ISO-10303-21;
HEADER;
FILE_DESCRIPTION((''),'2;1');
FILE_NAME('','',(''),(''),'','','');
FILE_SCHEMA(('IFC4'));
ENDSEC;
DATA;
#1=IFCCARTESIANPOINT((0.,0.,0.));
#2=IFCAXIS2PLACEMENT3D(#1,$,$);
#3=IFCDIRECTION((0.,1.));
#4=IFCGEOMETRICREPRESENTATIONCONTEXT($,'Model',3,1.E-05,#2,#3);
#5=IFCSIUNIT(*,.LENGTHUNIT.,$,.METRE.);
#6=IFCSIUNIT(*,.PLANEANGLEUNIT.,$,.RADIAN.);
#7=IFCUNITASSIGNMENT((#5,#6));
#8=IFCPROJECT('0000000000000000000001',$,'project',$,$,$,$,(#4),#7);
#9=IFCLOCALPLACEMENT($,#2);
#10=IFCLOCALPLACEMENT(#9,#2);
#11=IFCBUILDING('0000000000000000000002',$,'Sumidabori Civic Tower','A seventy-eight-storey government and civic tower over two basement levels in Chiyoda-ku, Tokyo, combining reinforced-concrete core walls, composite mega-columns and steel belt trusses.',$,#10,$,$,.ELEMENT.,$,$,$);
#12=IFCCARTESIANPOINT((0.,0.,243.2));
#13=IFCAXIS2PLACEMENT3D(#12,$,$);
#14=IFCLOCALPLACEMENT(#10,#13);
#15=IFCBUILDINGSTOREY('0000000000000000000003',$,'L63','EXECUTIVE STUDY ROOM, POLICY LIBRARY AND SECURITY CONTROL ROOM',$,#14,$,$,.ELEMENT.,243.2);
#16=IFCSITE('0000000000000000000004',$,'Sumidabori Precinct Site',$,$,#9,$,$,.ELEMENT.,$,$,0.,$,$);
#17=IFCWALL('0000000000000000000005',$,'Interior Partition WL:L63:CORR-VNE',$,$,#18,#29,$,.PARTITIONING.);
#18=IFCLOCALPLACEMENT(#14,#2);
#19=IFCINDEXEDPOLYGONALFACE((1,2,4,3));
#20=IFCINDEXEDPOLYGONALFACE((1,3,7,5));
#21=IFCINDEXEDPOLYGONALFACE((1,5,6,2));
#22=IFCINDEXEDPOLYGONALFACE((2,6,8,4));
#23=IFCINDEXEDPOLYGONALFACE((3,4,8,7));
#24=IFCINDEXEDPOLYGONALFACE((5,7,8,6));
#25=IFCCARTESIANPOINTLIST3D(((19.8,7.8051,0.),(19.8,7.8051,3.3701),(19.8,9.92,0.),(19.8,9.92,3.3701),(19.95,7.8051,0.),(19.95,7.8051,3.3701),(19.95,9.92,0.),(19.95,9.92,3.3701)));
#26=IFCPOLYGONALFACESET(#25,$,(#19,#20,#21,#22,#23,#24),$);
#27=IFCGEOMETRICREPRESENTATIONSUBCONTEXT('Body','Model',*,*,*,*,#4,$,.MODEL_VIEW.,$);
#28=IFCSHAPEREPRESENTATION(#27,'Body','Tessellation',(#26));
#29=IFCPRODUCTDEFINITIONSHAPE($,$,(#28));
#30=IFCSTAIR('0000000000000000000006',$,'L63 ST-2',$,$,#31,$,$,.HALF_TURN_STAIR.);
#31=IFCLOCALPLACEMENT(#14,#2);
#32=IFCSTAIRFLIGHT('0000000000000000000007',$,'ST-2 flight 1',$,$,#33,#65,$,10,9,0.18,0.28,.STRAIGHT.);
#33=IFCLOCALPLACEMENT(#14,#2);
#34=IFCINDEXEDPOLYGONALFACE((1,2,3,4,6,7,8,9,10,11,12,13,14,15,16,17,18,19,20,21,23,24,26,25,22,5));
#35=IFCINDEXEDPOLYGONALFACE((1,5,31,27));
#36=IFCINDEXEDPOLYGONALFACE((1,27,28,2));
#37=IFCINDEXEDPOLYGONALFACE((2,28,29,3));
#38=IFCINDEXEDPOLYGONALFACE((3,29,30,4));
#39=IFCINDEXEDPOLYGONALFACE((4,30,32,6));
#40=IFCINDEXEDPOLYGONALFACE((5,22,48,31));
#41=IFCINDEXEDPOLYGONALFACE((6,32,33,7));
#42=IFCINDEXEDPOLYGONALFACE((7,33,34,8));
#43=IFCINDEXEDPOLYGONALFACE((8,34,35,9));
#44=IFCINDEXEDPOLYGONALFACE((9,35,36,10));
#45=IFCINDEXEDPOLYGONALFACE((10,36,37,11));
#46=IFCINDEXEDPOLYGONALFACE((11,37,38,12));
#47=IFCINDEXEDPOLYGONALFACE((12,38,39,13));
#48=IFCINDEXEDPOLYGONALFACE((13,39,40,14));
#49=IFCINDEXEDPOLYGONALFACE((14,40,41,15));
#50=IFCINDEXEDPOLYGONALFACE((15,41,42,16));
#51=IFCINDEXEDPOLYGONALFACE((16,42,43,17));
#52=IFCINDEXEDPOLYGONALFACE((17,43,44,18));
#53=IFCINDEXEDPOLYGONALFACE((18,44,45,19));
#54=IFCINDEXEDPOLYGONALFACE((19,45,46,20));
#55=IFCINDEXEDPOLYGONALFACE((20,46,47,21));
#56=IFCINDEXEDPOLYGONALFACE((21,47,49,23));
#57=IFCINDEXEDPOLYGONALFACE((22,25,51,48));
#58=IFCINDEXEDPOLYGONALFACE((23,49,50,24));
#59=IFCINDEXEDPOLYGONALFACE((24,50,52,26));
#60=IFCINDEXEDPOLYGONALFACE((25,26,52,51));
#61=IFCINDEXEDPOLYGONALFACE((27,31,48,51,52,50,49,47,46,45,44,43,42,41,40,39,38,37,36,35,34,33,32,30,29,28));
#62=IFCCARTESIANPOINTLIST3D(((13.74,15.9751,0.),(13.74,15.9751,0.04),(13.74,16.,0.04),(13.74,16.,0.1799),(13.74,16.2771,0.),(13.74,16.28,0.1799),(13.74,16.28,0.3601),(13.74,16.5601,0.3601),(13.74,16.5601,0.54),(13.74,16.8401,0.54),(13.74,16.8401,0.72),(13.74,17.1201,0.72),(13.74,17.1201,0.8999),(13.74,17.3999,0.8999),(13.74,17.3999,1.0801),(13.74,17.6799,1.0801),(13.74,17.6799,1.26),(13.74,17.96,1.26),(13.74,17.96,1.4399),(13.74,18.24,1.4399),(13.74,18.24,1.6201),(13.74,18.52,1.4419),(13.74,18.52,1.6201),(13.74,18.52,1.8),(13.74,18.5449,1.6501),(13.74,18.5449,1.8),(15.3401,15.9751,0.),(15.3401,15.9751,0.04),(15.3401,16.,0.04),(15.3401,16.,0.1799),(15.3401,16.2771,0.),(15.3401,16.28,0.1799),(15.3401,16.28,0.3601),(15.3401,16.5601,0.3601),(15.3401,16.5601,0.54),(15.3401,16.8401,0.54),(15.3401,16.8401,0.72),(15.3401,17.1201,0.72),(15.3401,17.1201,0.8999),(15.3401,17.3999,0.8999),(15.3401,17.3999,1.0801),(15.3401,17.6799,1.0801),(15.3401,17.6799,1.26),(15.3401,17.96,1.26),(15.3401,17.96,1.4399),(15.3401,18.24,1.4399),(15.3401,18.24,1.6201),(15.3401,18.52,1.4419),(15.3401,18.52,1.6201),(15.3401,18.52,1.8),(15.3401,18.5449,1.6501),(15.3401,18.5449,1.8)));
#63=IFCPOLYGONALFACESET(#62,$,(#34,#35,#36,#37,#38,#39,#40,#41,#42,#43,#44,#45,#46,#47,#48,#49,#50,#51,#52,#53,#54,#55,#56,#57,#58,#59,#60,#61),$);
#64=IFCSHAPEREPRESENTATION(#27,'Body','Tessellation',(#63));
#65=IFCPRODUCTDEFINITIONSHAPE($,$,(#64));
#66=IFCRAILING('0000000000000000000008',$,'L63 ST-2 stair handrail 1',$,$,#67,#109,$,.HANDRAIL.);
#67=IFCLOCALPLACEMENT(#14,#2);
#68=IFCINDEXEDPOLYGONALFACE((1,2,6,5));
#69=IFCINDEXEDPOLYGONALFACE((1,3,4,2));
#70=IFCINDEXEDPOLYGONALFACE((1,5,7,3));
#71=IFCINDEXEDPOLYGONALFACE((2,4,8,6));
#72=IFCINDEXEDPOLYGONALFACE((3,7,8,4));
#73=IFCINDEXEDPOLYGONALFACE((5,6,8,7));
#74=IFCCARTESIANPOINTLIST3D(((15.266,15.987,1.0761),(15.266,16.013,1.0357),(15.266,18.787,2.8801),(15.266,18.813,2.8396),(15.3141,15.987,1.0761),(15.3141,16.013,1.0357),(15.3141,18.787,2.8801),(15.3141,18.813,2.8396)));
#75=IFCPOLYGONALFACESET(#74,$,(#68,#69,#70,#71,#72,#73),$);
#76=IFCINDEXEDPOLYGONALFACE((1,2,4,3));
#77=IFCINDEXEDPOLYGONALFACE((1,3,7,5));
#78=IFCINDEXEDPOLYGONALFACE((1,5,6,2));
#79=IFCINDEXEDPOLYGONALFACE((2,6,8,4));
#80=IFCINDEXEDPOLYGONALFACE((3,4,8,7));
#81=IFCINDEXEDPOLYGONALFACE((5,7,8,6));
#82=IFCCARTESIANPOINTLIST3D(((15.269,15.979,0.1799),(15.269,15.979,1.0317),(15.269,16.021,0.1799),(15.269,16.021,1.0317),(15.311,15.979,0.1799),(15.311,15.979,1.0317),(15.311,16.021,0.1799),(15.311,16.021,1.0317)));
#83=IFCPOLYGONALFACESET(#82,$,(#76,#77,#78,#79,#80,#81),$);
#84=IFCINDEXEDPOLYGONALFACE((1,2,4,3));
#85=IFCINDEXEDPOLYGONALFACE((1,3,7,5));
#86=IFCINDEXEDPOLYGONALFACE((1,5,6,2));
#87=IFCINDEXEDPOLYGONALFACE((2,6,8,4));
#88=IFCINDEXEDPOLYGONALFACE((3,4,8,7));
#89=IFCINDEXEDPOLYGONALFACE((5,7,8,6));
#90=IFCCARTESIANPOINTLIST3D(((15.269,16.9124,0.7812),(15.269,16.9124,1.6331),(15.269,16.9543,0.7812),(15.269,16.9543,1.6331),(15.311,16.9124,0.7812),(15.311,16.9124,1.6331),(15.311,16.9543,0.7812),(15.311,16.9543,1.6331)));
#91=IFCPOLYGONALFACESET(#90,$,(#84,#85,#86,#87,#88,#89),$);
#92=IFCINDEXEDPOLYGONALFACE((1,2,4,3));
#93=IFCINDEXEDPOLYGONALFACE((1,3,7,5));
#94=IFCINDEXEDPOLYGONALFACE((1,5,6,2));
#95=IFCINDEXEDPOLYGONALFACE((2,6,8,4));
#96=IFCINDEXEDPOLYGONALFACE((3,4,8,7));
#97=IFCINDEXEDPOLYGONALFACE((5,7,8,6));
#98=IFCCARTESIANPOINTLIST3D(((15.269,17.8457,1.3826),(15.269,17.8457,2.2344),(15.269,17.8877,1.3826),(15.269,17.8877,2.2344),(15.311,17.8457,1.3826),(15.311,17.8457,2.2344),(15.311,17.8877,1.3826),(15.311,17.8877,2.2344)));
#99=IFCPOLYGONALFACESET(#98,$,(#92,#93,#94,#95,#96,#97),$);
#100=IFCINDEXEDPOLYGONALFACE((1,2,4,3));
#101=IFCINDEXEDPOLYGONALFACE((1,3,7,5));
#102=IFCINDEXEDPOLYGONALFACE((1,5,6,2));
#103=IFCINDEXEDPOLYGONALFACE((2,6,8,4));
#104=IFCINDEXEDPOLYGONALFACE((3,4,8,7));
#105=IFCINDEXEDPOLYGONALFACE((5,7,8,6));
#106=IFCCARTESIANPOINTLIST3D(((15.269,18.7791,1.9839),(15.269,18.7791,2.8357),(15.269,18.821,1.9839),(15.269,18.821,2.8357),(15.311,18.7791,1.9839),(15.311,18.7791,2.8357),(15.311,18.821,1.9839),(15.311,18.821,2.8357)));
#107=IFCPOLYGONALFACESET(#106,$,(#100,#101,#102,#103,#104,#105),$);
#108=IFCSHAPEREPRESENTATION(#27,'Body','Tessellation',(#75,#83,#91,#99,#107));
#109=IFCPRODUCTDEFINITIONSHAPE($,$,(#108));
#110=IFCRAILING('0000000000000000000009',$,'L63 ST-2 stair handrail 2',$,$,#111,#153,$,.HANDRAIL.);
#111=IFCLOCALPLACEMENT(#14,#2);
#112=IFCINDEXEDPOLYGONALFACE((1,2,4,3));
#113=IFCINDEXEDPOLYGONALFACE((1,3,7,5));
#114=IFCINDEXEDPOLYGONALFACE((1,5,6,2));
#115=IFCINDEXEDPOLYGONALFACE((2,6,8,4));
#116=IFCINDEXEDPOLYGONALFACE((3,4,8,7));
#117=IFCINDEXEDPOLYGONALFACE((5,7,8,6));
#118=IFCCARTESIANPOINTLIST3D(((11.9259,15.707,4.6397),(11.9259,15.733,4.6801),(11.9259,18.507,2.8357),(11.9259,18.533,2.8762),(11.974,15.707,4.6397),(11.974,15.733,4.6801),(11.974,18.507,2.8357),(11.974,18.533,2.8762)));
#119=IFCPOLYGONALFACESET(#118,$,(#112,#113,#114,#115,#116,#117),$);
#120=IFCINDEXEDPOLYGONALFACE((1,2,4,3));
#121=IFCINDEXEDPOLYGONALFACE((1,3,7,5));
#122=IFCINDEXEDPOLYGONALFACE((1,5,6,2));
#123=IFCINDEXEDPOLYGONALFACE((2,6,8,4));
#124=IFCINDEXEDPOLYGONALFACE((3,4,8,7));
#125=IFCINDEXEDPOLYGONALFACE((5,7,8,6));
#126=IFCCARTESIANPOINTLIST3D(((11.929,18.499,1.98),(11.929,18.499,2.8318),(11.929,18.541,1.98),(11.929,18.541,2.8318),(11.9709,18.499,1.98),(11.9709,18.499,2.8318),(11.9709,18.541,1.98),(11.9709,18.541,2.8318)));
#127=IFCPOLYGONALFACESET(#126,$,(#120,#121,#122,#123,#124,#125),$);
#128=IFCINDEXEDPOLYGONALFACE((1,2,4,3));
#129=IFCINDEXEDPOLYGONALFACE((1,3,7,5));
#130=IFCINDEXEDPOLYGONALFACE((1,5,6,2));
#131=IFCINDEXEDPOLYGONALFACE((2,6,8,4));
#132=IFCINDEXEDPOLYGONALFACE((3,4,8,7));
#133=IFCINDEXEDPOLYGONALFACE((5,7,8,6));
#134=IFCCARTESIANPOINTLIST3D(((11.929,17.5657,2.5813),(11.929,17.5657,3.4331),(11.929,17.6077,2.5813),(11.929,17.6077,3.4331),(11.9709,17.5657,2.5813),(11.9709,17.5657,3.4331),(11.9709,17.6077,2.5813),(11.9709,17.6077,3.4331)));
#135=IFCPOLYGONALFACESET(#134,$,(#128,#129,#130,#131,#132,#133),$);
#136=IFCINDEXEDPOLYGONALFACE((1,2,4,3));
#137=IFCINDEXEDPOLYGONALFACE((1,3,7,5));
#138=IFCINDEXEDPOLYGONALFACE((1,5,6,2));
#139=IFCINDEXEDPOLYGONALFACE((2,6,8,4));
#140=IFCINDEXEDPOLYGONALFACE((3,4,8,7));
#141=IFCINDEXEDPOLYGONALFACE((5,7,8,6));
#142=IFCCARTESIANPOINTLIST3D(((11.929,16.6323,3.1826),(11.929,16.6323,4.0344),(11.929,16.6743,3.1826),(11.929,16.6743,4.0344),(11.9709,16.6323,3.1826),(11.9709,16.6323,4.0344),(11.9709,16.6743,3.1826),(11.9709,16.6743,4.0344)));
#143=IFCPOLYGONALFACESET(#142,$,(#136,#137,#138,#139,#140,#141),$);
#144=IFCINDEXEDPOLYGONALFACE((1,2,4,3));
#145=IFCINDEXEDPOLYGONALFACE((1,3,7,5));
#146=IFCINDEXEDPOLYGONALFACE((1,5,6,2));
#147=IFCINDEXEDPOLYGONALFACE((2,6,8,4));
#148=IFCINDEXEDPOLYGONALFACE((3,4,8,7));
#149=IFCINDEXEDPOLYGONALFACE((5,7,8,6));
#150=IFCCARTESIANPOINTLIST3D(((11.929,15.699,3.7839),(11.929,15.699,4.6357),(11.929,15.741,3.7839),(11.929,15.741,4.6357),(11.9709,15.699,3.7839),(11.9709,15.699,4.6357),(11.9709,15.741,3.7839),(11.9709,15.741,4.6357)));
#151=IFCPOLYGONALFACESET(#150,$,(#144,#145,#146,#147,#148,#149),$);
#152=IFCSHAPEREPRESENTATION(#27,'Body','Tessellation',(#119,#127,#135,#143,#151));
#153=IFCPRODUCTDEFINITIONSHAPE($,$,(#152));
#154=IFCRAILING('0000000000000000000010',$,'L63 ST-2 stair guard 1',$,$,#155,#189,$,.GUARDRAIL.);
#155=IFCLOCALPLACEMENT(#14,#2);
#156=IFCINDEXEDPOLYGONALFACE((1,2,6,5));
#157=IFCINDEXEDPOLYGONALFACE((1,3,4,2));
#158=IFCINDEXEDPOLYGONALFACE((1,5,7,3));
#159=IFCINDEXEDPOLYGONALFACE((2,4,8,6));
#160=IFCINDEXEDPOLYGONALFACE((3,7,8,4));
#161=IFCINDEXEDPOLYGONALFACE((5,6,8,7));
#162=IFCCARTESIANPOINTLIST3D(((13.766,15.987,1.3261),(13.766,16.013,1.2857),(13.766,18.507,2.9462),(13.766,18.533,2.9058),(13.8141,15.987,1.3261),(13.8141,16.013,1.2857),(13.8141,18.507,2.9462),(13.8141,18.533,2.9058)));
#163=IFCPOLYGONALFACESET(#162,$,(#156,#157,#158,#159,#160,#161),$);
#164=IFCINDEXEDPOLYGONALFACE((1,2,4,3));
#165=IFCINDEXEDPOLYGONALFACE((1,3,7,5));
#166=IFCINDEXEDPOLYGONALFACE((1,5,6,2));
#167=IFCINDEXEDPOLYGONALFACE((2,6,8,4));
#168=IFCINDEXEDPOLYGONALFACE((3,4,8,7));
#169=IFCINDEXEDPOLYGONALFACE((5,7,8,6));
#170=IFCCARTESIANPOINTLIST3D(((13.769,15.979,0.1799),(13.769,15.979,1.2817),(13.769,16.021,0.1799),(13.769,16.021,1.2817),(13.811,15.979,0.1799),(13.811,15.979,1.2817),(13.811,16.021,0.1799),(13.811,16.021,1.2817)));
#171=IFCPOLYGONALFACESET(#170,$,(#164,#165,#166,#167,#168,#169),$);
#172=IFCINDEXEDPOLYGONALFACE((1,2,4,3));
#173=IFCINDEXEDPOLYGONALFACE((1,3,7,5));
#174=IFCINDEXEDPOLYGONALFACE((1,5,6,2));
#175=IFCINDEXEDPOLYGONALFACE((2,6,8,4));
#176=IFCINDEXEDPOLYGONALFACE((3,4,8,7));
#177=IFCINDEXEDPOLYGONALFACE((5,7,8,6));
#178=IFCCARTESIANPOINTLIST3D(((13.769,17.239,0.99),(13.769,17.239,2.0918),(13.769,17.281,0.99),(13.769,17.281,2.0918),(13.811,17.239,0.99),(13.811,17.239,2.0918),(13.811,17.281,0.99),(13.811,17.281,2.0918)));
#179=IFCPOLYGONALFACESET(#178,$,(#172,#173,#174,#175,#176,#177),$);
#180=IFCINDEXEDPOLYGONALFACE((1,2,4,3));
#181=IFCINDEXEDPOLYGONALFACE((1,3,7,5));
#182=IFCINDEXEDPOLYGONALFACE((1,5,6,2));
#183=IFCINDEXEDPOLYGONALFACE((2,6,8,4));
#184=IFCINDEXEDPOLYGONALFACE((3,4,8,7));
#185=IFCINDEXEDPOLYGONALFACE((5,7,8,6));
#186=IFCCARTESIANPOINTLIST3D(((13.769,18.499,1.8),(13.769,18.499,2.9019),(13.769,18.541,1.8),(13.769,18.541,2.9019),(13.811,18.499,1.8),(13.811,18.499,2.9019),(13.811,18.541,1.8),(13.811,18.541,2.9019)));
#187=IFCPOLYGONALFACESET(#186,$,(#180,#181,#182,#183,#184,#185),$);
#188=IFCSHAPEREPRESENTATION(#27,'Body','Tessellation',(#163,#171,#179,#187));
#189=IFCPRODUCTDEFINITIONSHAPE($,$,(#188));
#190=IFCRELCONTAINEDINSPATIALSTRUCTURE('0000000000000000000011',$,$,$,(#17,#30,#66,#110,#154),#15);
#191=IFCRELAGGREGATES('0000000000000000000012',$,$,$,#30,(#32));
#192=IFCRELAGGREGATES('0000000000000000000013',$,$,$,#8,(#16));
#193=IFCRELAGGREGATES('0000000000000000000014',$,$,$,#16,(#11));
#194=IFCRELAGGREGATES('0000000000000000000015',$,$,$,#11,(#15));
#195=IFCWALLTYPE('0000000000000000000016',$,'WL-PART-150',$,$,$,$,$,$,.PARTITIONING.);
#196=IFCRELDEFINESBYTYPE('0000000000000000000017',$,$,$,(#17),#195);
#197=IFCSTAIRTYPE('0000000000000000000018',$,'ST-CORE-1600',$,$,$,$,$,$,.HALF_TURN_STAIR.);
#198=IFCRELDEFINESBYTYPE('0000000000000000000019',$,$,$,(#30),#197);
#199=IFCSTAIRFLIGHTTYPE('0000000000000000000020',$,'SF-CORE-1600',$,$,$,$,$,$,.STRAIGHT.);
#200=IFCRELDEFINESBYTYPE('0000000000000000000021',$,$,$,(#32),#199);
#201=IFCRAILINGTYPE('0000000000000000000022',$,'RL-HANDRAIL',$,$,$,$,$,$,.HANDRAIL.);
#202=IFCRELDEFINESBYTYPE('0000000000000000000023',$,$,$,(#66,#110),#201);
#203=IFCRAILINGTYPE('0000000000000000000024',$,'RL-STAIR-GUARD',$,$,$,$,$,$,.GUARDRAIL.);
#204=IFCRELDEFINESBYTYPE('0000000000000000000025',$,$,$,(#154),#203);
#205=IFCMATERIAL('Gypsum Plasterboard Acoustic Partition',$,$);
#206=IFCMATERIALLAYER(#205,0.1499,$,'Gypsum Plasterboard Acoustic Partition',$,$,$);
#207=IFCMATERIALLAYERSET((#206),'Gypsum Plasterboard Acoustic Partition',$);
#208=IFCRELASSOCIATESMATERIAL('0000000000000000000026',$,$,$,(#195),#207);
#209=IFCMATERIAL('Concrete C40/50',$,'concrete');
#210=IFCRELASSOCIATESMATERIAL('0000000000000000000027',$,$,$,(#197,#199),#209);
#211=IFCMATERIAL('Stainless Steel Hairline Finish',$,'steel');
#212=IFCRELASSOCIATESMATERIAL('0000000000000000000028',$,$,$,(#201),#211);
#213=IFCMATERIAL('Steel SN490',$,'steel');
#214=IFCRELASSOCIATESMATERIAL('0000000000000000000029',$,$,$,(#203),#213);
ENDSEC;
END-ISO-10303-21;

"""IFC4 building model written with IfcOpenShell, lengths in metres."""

from ifc_helpers import new_model, si_unit, direction, frame, frame_2d, origin, origin_2d, place, context, subcontext, project, spatial, polyline, rectangle, outline, extrude, source, transform, mapped, material, layer, layer_set, type_object, element, aggregate, save


model = new_model("IFC4")

# Units and contexts
model_context = context("Model", 3, precision=1e-05, world=origin(), true_north=direction((0.0, 1.0)))
body_context = subcontext(model_context, "Body", "Model", "MODEL_VIEW")
ifc_project = project(units=[si_unit("LENGTHUNIT", "METRE"), si_unit("PLANEANGLEUNIT", "RADIAN")], contexts=[model_context])

# Site, building, storey
site_placement = place(None, origin())
site = spatial("IfcSite", under=ifc_project, at=site_placement, Name="Sumidabori Precinct Site", CompositionType="ELEMENT", RefElevation=0.0)
building_placement = place(site_placement, origin())
building = spatial("IfcBuilding", under=site, at=building_placement, Name="Sumidabori Civic Tower", Description="A seventy-eight-storey government and civic tower over two basement levels in Chiyoda-ku, Tokyo, combining reinforced-concrete core walls, composite mega-columns and steel belt trusses.", CompositionType="ELEMENT")
storey_placement = place(building_placement, frame((0.0, 0.0, 243.2)))
storey = spatial("IfcBuildingStorey", under=building, at=storey_placement, Name="L63", Description="EXECUTIVE STUDY ROOM, POLICY LIBRARY AND SECURITY CONTROL ROOM", CompositionType="ELEMENT", Elevation=243.2)

# Shared definitions
ifc_material_1 = material(Name="Steel SN490", Category="steel")

# Shared definitions
ifc_material_2 = material(Name="Stainless Steel Hairline Finish", Category="steel")

# Shared definitions
ifc_material_3 = material(Name="Gypsum Plasterboard Acoustic Partition")
ifc_layer_1 = layer(ifc_material_3, 0.1499, Name="Gypsum Plasterboard Acoustic Partition")
ifc_layer_set_1 = layer_set([ifc_layer_1], Name="Gypsum Plasterboard Acoustic Partition")
wall_type_1 = type_object("IfcWallType", Name="WL-PART-150", PredefinedType="PARTITIONING", material=ifc_layer_set_1)

# Wall
shared_shape_1 = source(origin(), body_context, "Body", "SweptSolid", [
    extrude(rectangle(XDim=2.115, YDim=0.1499, at=frame_2d((1.0576, 0.0))), origin(), (0.0, 0.0, 1.0), 3.3701),
])
wall_1_placement = place(storey_placement, frame((19.875, 7.8049, 0.0), z_axis=(0.0, 0.0, 1.0), x_axis=(0.0, 1.0, 0.0)))
element("IfcWall", 1, at=wall_1_placement, inside=storey, type_object=wall_type_1, Name="Interior Partition WL:L63:CORR-VNE", PredefinedType="PARTITIONING", context=body_context, shape_type="MappedRepresentation", body=[
    mapped(shared_shape_1, transform((0.0, 0.0, 0.0), x_axis=(1.0, 0.0, 0.0), y_axis=(0.0, 1.0, 0.0), z_axis=(0.0, 0.0, 1.0), scale=1.0)),
])

# Stair, stair flight
ifc_material_4 = material(Name="Concrete C40/50", Category="concrete")
stair_type = type_object("IfcStairType", Name="ST-CORE-1600", PredefinedType="HALF_TURN_STAIR", material=ifc_material_4)
stair_placement = place(storey_placement, origin())
stair = element("IfcStair", 2, at=stair_placement, inside=storey, type_object=stair_type, Name="L63 ST-2", PredefinedType="HALF_TURN_STAIR")
stair_flight_type = type_object("IfcStairFlightType", Name="SF-CORE-1600", PredefinedType="STRAIGHT", material=ifc_material_4)
shared_shape_2 = source(origin(), body_context, "Body", "SweptSolid", [
    extrude(outline(polyline([(-0.0249, 0.0), (-0.0249, 0.04), (0.0, 0.04), (0.0, 0.1799), (0.28, 0.1799), (0.28, 0.3601), (0.5601, 0.3601), (0.5601, 0.54), (0.8401, 0.54), (0.8401, 0.72), (1.1201, 0.72), (1.1201, 0.8999), (1.3999, 0.8999), (1.3999, 1.0801), (1.6799, 1.0801), (1.6799, 1.26), (1.96, 1.26), (1.96, 1.4399), (2.24, 1.4399), (2.24, 1.6201), (2.52, 1.6201), (2.52, 1.8), (2.5449, 1.8), (2.5449, 1.6501), (2.52, 1.4419), (0.2771, 0.0), (-0.0249, 0.0)])), frame((0.0, 0.8, 0.0), z_axis=(0.0, -1.0, 0.0), x_axis=(1.0, 0.0, 0.0)), (0.0, 0.0, 1.0), 1.6001),
])
stair_flight_placement = place(storey_placement, frame((14.54, 16.0, 0.0), z_axis=(0.0, 0.0, 1.0), x_axis=(0.0, 1.0, 0.0)))
stair_flight = element("IfcStairFlight", 3, at=stair_flight_placement, type_object=stair_flight_type, Name="ST-2 flight 1", NumberOfRisers=10, NumberOfTreads=9, PredefinedType="STRAIGHT", RiserHeight=0.18, TreadLength=0.28, context=body_context, shape_type="MappedRepresentation", body=[
    mapped(shared_shape_2, transform((0.0, 0.0, 0.0), x_axis=(1.0, 0.0, 0.0), y_axis=(0.0, 1.0, 0.0), z_axis=(0.0, 0.0, 1.0), scale=1.0)),
])
aggregate(stair, [stair_flight])

# Railings
railing_type_1 = type_object("IfcRailingType", Name="RL-HANDRAIL", PredefinedType="HANDRAIL", material=ifc_material_2)
railing_1_placement = place(storey_placement, frame((15.29, 16.0, 0.1799)))
element("IfcRailing", 4, at=railing_1_placement, inside=storey, type_object=railing_type_1, Name="L63 ST-2 stair handrail 1", PredefinedType="HANDRAIL", context=body_context, shape_type="SweptSolid", body=[
    extrude(rectangle(XDim=0.0481, YDim=0.0481, at=origin_2d()), frame((0.0, 0.0, 0.876), z_axis=(0.0, 0.840642, 0.541591), x_axis=(-1.0, 0.0, 0.0)), (0.0, 0.0, 1.0), 3.3308),
    extrude(rectangle(XDim=0.042, YDim=0.042, at=origin_2d()), origin(), (0.0, 0.0, 1.0), 0.8518),
    extrude(rectangle(XDim=0.042, YDim=0.042, at=origin_2d()), frame((0.0, 0.9333, 0.6013)), (0.0, 0.0, 1.0), 0.8518),
    extrude(rectangle(XDim=0.042, YDim=0.042, at=origin_2d()), frame((0.0, 1.8667, 1.2026)), (0.0, 0.0, 1.0), 0.8518),
    extrude(rectangle(XDim=0.042, YDim=0.042, at=origin_2d()), frame((0.0, 2.8, 1.804)), (0.0, 0.0, 1.0), 0.8518),
])
railing_2_placement = place(storey_placement, frame((11.95, 18.52, 1.98)))
element("IfcRailing", 5, at=railing_2_placement, inside=storey, type_object=railing_type_1, Name="L63 ST-2 stair handrail 2", PredefinedType="HANDRAIL", context=body_context, shape_type="SweptSolid", body=[
    extrude(rectangle(XDim=0.0481, YDim=0.0481, at=origin_2d()), frame((0.0, 0.0, 0.876), z_axis=(0.0, -0.840642, 0.541591), x_axis=(1.0, 0.0, 0.0)), (0.0, 0.0, 1.0), 3.3308),
    extrude(rectangle(XDim=0.042, YDim=0.042, at=origin_2d()), origin(), (0.0, 0.0, 1.0), 0.8518),
    extrude(rectangle(XDim=0.042, YDim=0.042, at=origin_2d()), frame((0.0, -0.9333, 0.6013)), (0.0, 0.0, 1.0), 0.8518),
    extrude(rectangle(XDim=0.042, YDim=0.042, at=origin_2d()), frame((0.0, -1.8667, 1.2026)), (0.0, 0.0, 1.0), 0.8518),
    extrude(rectangle(XDim=0.042, YDim=0.042, at=origin_2d()), frame((0.0, -2.8, 1.804)), (0.0, 0.0, 1.0), 0.8518),
])
railing_type_2 = type_object("IfcRailingType", Name="RL-STAIR-GUARD", PredefinedType="GUARDRAIL", material=ifc_material_1)
railing_3_placement = place(storey_placement, frame((13.79, 16.0, 0.1799)))
element("IfcRailing", 6, at=railing_3_placement, inside=storey, type_object=railing_type_2, Name="L63 ST-2 stair guard 1", PredefinedType="GUARDRAIL", context=body_context, shape_type="SweptSolid", body=[
    extrude(rectangle(XDim=0.0481, YDim=0.0481, at=origin_2d()), frame((0.0, 0.0, 1.126), z_axis=(0.0, 0.841163, 0.540782), x_axis=(-1.0, 0.0, 0.0)), (0.0, 0.0, 1.0), 2.9958),
    extrude(rectangle(XDim=0.042, YDim=0.042, at=origin_2d()), origin(), (0.0, 0.0, 1.0), 1.1018),
    extrude(rectangle(XDim=0.042, YDim=0.042, at=origin_2d()), frame((0.0, 1.26, 0.8101)), (0.0, 0.0, 1.0), 1.1018),
    extrude(rectangle(XDim=0.042, YDim=0.042, at=origin_2d()), frame((0.0, 2.52, 1.6201)), (0.0, 0.0, 1.0), 1.1018),
])

save(model, "model.ifc")
